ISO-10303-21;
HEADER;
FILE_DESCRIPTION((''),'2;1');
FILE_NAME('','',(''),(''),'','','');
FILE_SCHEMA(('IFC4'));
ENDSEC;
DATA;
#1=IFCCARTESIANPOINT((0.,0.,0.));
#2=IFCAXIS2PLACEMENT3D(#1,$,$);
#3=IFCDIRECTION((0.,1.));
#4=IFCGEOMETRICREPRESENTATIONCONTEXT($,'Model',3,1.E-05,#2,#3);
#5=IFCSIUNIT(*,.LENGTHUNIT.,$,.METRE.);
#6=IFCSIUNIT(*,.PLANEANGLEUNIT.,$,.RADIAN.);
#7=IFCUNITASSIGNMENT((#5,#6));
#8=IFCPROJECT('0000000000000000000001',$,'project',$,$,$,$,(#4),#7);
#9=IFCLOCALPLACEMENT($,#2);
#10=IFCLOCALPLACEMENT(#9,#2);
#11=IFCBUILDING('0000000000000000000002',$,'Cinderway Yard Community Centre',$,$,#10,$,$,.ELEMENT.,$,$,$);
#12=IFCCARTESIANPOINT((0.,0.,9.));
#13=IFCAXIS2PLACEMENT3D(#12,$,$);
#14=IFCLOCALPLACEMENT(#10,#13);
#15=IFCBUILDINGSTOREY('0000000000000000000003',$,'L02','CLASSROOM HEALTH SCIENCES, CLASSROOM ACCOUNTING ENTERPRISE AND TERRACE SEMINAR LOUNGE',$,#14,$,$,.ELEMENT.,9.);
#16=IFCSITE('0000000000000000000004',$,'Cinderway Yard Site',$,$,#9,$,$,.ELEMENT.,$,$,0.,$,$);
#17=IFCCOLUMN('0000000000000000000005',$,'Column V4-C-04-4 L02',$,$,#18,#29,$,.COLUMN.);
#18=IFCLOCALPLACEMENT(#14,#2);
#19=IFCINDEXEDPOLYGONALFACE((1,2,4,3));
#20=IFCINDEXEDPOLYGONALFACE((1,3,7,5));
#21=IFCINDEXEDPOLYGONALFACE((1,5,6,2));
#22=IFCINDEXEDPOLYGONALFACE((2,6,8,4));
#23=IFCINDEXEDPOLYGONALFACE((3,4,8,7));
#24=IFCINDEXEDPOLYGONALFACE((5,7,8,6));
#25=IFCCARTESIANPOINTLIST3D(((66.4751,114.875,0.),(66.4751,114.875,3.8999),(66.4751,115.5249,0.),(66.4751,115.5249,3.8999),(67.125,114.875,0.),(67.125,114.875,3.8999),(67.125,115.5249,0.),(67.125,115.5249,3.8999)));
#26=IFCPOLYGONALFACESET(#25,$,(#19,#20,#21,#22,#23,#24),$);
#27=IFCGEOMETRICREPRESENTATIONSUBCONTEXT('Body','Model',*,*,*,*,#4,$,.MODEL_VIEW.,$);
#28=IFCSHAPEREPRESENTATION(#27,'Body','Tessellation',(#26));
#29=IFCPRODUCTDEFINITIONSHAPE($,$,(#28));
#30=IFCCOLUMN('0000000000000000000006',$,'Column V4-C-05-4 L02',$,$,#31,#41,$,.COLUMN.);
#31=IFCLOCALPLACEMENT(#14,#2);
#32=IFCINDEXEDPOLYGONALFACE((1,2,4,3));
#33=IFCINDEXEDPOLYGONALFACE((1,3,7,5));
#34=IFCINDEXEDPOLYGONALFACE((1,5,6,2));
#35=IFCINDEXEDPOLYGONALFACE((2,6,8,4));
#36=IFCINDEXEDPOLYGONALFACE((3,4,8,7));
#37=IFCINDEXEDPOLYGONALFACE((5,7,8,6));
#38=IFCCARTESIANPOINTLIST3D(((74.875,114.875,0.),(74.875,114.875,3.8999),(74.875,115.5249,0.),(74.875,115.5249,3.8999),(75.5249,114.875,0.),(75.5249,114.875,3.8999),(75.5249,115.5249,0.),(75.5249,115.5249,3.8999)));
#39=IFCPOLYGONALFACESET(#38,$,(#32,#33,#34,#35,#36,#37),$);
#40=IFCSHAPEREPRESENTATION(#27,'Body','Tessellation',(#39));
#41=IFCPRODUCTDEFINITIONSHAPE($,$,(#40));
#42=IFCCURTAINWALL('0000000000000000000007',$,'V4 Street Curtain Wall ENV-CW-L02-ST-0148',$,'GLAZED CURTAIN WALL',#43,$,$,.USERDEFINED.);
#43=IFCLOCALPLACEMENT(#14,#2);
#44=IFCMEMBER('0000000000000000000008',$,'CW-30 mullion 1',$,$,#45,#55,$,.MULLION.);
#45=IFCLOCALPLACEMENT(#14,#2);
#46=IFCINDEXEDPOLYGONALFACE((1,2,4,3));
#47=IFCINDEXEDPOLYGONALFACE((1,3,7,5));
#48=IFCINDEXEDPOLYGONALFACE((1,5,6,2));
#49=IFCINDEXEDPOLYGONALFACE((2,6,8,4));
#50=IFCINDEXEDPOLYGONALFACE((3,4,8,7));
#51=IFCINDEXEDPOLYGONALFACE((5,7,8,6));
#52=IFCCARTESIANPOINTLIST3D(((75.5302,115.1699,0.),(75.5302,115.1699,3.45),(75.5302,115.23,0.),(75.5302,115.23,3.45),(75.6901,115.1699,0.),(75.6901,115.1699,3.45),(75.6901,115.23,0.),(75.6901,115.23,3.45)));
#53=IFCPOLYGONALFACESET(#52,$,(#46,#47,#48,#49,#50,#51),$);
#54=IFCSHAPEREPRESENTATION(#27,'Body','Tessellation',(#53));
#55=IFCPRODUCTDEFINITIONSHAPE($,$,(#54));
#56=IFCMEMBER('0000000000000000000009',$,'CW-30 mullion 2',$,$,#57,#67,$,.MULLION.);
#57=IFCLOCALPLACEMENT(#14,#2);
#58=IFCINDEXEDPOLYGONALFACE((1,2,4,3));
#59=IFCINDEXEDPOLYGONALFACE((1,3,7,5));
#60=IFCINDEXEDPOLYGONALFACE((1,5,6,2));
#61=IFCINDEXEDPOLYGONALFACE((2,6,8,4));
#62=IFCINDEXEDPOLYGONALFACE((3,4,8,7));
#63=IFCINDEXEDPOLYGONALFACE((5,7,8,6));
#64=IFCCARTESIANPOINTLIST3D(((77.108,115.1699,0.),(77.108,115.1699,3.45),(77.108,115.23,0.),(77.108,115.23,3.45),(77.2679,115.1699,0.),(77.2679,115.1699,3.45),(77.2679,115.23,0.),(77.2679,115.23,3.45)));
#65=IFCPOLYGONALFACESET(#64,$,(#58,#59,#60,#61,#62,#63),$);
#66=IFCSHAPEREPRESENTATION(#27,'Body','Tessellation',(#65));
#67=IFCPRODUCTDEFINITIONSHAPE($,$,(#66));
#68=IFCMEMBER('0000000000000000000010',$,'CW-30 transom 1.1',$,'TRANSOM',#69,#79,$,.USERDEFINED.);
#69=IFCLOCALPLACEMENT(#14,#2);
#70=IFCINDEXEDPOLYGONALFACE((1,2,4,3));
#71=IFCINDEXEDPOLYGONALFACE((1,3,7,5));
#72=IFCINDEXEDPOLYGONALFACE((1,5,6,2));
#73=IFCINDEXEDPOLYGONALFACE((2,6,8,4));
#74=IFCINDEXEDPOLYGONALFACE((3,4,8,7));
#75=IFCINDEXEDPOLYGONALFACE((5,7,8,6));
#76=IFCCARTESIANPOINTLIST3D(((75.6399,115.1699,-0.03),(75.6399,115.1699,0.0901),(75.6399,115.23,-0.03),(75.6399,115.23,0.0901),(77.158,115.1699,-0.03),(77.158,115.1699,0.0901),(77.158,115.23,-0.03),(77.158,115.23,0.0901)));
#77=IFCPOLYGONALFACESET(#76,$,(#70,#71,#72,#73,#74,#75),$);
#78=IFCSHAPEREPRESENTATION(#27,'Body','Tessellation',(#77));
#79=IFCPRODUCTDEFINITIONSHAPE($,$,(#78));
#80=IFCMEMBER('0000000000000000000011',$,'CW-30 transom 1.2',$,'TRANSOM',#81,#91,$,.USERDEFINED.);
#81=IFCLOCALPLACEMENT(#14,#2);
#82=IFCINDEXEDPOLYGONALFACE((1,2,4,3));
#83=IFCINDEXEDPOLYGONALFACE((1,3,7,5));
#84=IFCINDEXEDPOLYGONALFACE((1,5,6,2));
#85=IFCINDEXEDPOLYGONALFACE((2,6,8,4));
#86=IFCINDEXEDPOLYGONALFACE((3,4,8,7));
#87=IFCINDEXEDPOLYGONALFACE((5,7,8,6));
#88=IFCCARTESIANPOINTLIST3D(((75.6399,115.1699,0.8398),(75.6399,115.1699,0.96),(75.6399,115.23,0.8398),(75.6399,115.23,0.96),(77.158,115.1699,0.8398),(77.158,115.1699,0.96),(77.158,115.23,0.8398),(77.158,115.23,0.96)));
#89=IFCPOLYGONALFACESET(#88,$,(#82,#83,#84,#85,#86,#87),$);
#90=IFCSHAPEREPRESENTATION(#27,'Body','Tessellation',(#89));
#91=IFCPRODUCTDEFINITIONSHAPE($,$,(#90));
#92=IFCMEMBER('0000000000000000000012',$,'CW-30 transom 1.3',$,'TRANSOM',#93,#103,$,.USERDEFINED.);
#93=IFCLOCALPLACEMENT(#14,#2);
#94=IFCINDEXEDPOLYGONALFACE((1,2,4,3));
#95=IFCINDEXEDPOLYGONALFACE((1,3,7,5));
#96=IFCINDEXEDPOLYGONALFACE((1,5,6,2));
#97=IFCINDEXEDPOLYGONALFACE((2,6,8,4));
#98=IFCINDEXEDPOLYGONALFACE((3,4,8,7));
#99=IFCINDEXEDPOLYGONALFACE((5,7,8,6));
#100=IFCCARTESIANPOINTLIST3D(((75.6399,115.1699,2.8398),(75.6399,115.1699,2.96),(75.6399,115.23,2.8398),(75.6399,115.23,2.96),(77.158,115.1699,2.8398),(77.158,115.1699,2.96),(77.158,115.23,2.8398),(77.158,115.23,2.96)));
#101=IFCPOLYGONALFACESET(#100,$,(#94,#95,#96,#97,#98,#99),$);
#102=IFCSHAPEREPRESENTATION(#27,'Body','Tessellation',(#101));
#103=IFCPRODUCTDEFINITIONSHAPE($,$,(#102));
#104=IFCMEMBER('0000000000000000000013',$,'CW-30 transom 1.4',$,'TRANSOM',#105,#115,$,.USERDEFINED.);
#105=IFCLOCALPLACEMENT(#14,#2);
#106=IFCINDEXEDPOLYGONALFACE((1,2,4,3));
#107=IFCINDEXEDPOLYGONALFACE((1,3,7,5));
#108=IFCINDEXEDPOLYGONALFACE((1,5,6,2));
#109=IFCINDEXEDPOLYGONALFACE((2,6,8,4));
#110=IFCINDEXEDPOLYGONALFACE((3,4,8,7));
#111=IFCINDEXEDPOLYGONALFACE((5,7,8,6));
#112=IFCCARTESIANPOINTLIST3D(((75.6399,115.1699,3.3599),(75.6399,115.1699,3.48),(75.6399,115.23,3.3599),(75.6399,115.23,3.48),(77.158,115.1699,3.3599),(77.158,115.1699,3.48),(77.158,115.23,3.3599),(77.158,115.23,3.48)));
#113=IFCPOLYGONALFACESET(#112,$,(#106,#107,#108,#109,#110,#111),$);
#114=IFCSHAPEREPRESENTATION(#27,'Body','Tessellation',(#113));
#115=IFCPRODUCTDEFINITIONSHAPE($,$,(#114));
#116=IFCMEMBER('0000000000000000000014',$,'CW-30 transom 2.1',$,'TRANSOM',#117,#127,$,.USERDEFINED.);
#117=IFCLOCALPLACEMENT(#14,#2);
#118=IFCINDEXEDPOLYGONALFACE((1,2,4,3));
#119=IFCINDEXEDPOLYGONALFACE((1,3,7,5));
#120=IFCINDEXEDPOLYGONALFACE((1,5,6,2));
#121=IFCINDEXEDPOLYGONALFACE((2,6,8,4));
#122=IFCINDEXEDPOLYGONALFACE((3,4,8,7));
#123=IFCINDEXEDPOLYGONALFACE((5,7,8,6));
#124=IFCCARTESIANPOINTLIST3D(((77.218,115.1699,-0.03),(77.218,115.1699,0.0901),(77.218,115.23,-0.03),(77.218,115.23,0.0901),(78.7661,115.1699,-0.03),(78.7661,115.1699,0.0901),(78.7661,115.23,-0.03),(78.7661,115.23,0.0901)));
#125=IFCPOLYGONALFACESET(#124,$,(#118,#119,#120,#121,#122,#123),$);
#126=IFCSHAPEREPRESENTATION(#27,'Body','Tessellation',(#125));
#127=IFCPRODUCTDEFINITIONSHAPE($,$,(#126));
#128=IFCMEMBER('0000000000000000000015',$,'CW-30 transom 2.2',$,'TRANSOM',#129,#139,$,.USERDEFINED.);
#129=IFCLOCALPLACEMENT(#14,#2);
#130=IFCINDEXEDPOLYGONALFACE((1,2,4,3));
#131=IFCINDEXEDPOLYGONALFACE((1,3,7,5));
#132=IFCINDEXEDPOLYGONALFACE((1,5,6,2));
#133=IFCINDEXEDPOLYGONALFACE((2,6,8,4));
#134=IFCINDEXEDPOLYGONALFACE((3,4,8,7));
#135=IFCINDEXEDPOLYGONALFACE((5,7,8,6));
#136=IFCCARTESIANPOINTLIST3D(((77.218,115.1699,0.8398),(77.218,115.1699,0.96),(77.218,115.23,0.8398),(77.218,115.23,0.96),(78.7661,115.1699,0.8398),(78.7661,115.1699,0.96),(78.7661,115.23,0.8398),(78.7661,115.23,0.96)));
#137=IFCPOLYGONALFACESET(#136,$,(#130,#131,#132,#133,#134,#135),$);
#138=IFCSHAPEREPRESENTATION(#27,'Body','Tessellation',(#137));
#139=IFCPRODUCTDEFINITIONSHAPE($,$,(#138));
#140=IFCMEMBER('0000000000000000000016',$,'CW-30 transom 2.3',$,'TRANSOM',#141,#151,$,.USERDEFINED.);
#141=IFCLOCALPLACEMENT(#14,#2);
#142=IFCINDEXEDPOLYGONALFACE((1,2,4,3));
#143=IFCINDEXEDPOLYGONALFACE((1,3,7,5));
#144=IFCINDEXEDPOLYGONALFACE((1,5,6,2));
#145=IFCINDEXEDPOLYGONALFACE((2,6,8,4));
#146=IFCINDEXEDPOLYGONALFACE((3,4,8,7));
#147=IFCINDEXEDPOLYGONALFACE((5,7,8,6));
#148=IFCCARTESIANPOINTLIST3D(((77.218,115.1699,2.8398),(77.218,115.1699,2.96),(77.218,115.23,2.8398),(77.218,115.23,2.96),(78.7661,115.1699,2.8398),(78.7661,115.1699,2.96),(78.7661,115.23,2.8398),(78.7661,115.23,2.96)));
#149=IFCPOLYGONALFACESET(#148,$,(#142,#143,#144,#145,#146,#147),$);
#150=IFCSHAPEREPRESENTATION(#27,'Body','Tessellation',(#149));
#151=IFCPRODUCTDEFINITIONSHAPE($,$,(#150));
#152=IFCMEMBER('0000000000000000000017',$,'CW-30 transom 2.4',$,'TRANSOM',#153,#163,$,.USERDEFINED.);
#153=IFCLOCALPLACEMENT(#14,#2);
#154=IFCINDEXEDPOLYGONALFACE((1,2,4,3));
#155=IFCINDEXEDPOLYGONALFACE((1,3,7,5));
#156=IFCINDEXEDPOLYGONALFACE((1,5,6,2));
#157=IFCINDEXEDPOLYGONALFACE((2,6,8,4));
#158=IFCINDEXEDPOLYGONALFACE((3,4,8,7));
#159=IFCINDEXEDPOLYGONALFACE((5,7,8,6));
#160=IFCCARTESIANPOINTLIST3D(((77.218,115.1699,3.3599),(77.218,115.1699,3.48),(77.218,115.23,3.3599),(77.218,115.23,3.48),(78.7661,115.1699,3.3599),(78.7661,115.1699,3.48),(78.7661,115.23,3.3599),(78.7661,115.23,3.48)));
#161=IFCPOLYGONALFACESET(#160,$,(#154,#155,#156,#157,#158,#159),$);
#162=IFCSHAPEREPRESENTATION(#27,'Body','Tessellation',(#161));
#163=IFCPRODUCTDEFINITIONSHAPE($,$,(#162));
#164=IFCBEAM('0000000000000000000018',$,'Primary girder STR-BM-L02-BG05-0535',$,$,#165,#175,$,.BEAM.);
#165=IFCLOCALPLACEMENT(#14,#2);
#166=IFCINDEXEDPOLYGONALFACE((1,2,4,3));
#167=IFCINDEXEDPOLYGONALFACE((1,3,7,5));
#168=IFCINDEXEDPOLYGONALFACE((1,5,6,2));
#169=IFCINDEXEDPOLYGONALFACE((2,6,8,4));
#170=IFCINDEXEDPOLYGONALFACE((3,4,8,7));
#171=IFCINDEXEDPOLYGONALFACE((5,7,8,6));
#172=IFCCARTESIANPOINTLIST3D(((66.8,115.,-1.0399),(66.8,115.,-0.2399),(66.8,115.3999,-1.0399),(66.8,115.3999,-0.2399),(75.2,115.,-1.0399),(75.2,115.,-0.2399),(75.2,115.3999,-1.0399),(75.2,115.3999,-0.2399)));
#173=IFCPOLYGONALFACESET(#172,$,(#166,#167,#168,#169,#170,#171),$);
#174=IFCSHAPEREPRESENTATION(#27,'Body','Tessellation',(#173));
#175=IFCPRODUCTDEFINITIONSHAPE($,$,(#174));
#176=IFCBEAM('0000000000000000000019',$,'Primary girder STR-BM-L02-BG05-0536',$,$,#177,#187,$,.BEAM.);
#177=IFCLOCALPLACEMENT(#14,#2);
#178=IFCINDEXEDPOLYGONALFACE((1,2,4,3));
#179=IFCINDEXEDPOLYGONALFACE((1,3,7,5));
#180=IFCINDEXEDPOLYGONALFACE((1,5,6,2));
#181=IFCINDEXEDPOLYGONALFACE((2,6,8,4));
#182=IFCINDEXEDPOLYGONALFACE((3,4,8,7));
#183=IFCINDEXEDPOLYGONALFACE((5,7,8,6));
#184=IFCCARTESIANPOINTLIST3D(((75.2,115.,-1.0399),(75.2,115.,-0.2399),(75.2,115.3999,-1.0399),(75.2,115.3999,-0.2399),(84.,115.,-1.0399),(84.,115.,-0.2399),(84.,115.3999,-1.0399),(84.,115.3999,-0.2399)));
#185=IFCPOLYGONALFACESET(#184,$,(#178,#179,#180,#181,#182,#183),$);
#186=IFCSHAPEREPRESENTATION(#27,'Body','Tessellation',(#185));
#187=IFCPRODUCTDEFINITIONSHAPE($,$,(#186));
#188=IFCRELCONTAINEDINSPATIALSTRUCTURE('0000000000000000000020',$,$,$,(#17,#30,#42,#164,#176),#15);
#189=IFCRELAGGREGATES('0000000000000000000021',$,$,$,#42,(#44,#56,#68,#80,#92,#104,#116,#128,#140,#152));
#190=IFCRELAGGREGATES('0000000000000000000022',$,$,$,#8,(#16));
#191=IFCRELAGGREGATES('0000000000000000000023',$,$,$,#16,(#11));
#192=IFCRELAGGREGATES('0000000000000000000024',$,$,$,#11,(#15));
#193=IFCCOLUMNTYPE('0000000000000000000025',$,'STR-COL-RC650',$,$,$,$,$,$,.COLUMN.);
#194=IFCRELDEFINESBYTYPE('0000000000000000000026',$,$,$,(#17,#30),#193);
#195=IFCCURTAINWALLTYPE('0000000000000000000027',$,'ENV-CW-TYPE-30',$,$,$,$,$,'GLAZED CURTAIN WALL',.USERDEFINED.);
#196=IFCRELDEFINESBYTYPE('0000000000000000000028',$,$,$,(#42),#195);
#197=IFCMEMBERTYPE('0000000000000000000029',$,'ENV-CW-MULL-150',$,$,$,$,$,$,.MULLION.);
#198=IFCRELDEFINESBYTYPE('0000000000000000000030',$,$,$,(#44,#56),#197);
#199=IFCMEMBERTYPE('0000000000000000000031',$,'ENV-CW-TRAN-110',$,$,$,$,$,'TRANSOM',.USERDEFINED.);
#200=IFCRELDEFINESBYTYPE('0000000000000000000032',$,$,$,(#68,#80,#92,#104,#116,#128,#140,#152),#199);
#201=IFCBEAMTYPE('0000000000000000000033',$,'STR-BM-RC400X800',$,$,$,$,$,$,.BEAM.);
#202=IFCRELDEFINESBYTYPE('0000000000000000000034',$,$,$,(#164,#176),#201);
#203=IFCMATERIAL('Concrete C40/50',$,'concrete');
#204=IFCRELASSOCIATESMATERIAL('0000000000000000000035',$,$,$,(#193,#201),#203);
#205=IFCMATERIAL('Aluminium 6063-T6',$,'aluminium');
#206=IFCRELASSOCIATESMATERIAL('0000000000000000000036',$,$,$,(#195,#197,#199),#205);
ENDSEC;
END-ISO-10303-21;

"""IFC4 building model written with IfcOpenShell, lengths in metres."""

from ifc_helpers import new_model, si_unit, direction, frame, origin, origin_2d, place, context, subcontext, project, spatial, rectangle, extrude, material, material_profile, profile_set, type_object, element, aggregate, save


model = new_model("IFC4")

# Units and contexts
model_context = context("Model", 3, precision=1e-05, world=origin(), true_north=direction((0.0, 1.0)))
body_context = subcontext(model_context, "Body", "Model", "MODEL_VIEW")
ifc_project = project(units=[si_unit("LENGTHUNIT", "METRE"), si_unit("PLANEANGLEUNIT", "RADIAN")], contexts=[model_context])

# Site, building, storey
site_placement = place(None, origin())
site = spatial("IfcSite", under=ifc_project, at=site_placement, Name="Cinderway Yard Site", CompositionType="ELEMENT", RefElevation=0.0)
building_placement = place(site_placement, origin())
building = spatial("IfcBuilding", under=site, at=building_placement, Name="Cinderway Yard Community Centre", CompositionType="ELEMENT")
storey_placement = place(building_placement, frame((0.0, 0.0, 9.0)))
storey = spatial("IfcBuildingStorey", under=building, at=storey_placement, Name="L02", Description="CLASSROOM HEALTH SCIENCES, CLASSROOM ACCOUNTING ENTERPRISE AND TERRACE SEMINAR LOUNGE", CompositionType="ELEMENT", Elevation=9.0)

# Columns
ifc_material_1 = material(Name="Concrete C40/50", Category="concrete")
ifc_material_profile_1 = material_profile(ifc_material_1, rectangle(XDim=0.6499, YDim=0.6499, at=origin_2d()), Name="Concrete C40/50")
ifc_profile_set_1 = profile_set([ifc_material_profile_1], Name="Concrete C40/50")
column_type = type_object("IfcColumnType", Name="STR-COL-RC650", PredefinedType="COLUMN", material=ifc_profile_set_1)
for number, where, z_axis, x_axis, name in (
    (1, (66.8, 115.2, 0.0), (0.0, 0.0, 1.0), (1.0, 0.0, 0.0), "Column V4-C-04-4 L02"),
    (2, (75.2, 115.2, 0.0), (0.0, 0.0, 1.0), (1.0, 0.0, 0.0), "Column V4-C-05-4 L02"),
):
    element("IfcColumn", number, at=place(storey_placement, frame(where, z_axis=z_axis, x_axis=x_axis)), inside=storey, type_object=column_type, Name=name, PredefinedType="COLUMN", context=body_context, shape_type="SweptSolid", body=[
        extrude(rectangle(XDim=0.6499, YDim=0.6499, at=origin_2d()), origin(), (0.0, 0.0, 1.0), 3.8999),
    ])

# Curtain wall, members
ifc_material_2 = material(Name="Aluminium 6063-T6", Category="aluminium")
curtain_wall_type = type_object("IfcCurtainWallType", Name="ENV-CW-TYPE-30", ElementType="GLAZED CURTAIN WALL", PredefinedType="USERDEFINED", material=ifc_material_2)
curtain_wall_placement = place(storey_placement, origin())
curtain_wall = element("IfcCurtainWall", 3, at=curtain_wall_placement, inside=storey, type_object=curtain_wall_type, Name="V4 Street Curtain Wall ENV-CW-L02-ST-0148", ObjectType="GLAZED CURTAIN WALL", PredefinedType="USERDEFINED")
ifc_material_profile_2 = material_profile(ifc_material_2, rectangle(XDim=0.0601, YDim=0.1599, at=origin_2d()), Name="Aluminium 6063-T6")
ifc_profile_set_2 = profile_set([ifc_material_profile_2], Name="Aluminium 6063-T6")
member_type_1 = type_object("IfcMemberType", Name="ENV-CW-MULL-150", PredefinedType="MULLION", material=ifc_profile_set_2)
member_1_placement = place(storey_placement, frame((75.6101, 115.2, 0.0), z_axis=(0.0, 0.0, 1.0), x_axis=(0.0, 1.0, 0.0)))
member_1 = element("IfcMember", 4, at=member_1_placement, type_object=member_type_1, Name="CW-30 mullion 1", PredefinedType="MULLION", context=body_context, shape_type="SweptSolid", body=[
    extrude(rectangle(XDim=0.0601, YDim=0.1599, at=origin_2d()), origin(), (0.0, 0.0, 1.0), 3.45),
])
member_2_placement = place(storey_placement, frame((77.188, 115.2, 0.0), z_axis=(0.0, 0.0, 1.0), x_axis=(0.0, 1.0, 0.0)))
member_2 = element("IfcMember", 5, at=member_2_placement, type_object=member_type_1, Name="CW-30 mullion 2", PredefinedType="MULLION", context=body_context, shape_type="SweptSolid", body=[
    extrude(rectangle(XDim=0.0601, YDim=0.1599, at=origin_2d()), origin(), (0.0, 0.0, 1.0), 3.45),
])
ifc_material_profile_3 = material_profile(ifc_material_2, rectangle(XDim=0.0601, YDim=0.1201, at=origin_2d()), Name="Aluminium 6063-T6")
ifc_profile_set_3 = profile_set([ifc_material_profile_3], Name="Aluminium 6063-T6")
member_type_2 = type_object("IfcMemberType", Name="ENV-CW-TRAN-110", ElementType="TRANSOM", PredefinedType="USERDEFINED", material=ifc_profile_set_3)
member_3_placement = place(storey_placement, frame((75.6399, 115.2, 0.03), z_axis=(1.0, 0.0, 0.0), x_axis=(0.0, 1.0, 0.0)))
member_3 = element("IfcMember", 6, at=member_3_placement, type_object=member_type_2, Name="CW-30 transom 1.1", ObjectType="TRANSOM", PredefinedType="USERDEFINED", context=body_context, shape_type="SweptSolid", body=[
    extrude(rectangle(XDim=0.0601, YDim=0.1201, at=origin_2d()), origin(), (0.0, 0.0, 1.0), 1.5181),
])
member_4_placement = place(storey_placement, frame((75.6399, 115.2, 0.8999), z_axis=(1.0, 0.0, 0.0), x_axis=(0.0, 1.0, 0.0)))
member_4 = element("IfcMember", 7, at=member_4_placement, type_object=member_type_2, Name="CW-30 transom 1.2", ObjectType="TRANSOM", PredefinedType="USERDEFINED", context=body_context, shape_type="SweptSolid", body=[
    extrude(rectangle(XDim=0.0601, YDim=0.1201, at=origin_2d()), origin(), (0.0, 0.0, 1.0), 1.5181),
])
member_5_placement = place(storey_placement, frame((75.6399, 115.2, 2.8999), z_axis=(1.0, 0.0, 0.0), x_axis=(0.0, 1.0, 0.0)))
member_5 = element("IfcMember", 8, at=member_5_placement, type_object=member_type_2, Name="CW-30 transom 1.3", ObjectType="TRANSOM", PredefinedType="USERDEFINED", context=body_context, shape_type="SweptSolid", body=[
    extrude(rectangle(XDim=0.0601, YDim=0.1201, at=origin_2d()), origin(), (0.0, 0.0, 1.0), 1.5181),
])
member_6_placement = place(storey_placement, frame((75.6399, 115.2, 3.4199), z_axis=(1.0, 0.0, 0.0), x_axis=(0.0, 1.0, 0.0)))
member_6 = element("IfcMember", 9, at=member_6_placement, type_object=member_type_2, Name="CW-30 transom 1.4", ObjectType="TRANSOM", PredefinedType="USERDEFINED", context=body_context, shape_type="SweptSolid", body=[
    extrude(rectangle(XDim=0.0601, YDim=0.1201, at=origin_2d()), origin(), (0.0, 0.0, 1.0), 1.5181),
])
member_7_placement = place(storey_placement, frame((77.218, 115.2, 0.03), z_axis=(1.0, 0.0, 0.0), x_axis=(0.0, 1.0, 0.0)))
member_7 = element("IfcMember", 10, at=member_7_placement, type_object=member_type_2, Name="CW-30 transom 2.1", ObjectType="TRANSOM", PredefinedType="USERDEFINED", context=body_context, shape_type="SweptSolid", body=[
    extrude(rectangle(XDim=0.0601, YDim=0.1201, at=origin_2d()), origin(), (0.0, 0.0, 1.0), 1.5481),
])
member_8_placement = place(storey_placement, frame((77.218, 115.2, 0.8999), z_axis=(1.0, 0.0, 0.0), x_axis=(0.0, 1.0, 0.0)))
member_8 = element("IfcMember", 11, at=member_8_placement, type_object=member_type_2, Name="CW-30 transom 2.2", ObjectType="TRANSOM", PredefinedType="USERDEFINED", context=body_context, shape_type="SweptSolid", body=[
    extrude(rectangle(XDim=0.0601, YDim=0.1201, at=origin_2d()), origin(), (0.0, 0.0, 1.0), 1.5481),
])
member_9_placement = place(storey_placement, frame((77.218, 115.2, 2.8999), z_axis=(1.0, 0.0, 0.0), x_axis=(0.0, 1.0, 0.0)))
member_9 = element("IfcMember", 12, at=member_9_placement, type_object=member_type_2, Name="CW-30 transom 2.3", ObjectType="TRANSOM", PredefinedType="USERDEFINED", context=body_context, shape_type="SweptSolid", body=[
    extrude(rectangle(XDim=0.0601, YDim=0.1201, at=origin_2d()), origin(), (0.0, 0.0, 1.0), 1.5481),
])
member_10_placement = place(storey_placement, frame((77.218, 115.2, 3.4199), z_axis=(1.0, 0.0, 0.0), x_axis=(0.0, 1.0, 0.0)))
member_10 = element("IfcMember", 13, at=member_10_placement, type_object=member_type_2, Name="CW-30 transom 2.4", ObjectType="TRANSOM", PredefinedType="USERDEFINED", context=body_context, shape_type="SweptSolid", body=[
    extrude(rectangle(XDim=0.0601, YDim=0.1201, at=origin_2d()), origin(), (0.0, 0.0, 1.0), 1.5481),
])

# Beams
ifc_material_profile_4 = material_profile(ifc_material_1, rectangle(XDim=0.3999, YDim=0.8, at=origin_2d()), Name="Concrete C40/50")
ifc_profile_set_4 = profile_set([ifc_material_profile_4], Name="Concrete C40/50")
beam_type = type_object("IfcBeamType", Name="STR-BM-RC400X800", PredefinedType="BEAM", material=ifc_profile_set_4)
beam_1_placement = place(storey_placement, frame((66.8, 115.2, -0.6399), z_axis=(1.0, 0.0, 0.0), x_axis=(0.0, 1.0, 0.0)))
element("IfcBeam", 14, at=beam_1_placement, inside=storey, type_object=beam_type, Name="Primary girder STR-BM-L02-BG05-0535", PredefinedType="BEAM", context=body_context, shape_type="SweptSolid", body=[
    extrude(rectangle(XDim=0.3999, YDim=0.8, at=origin_2d()), origin(), (0.0, 0.0, 1.0), 8.3999),
])
beam_2_placement = place(storey_placement, frame((75.2, 115.2, -0.6399), z_axis=(1.0, 0.0, 0.0), x_axis=(0.0, 1.0, 0.0)))
element("IfcBeam", 15, at=beam_2_placement, inside=storey, type_object=beam_type, Name="Primary girder STR-BM-L02-BG05-0536", PredefinedType="BEAM", context=body_context, shape_type="SweptSolid", body=[
    extrude(rectangle(XDim=0.3999, YDim=0.8, at=origin_2d()), origin(), (0.0, 0.0, 1.0), 8.8),
])

aggregate(curtain_wall, [member_1, member_2, member_3, member_4, member_5, member_6, member_7, member_8, member_9, member_10])

save(model, "model.ifc")
